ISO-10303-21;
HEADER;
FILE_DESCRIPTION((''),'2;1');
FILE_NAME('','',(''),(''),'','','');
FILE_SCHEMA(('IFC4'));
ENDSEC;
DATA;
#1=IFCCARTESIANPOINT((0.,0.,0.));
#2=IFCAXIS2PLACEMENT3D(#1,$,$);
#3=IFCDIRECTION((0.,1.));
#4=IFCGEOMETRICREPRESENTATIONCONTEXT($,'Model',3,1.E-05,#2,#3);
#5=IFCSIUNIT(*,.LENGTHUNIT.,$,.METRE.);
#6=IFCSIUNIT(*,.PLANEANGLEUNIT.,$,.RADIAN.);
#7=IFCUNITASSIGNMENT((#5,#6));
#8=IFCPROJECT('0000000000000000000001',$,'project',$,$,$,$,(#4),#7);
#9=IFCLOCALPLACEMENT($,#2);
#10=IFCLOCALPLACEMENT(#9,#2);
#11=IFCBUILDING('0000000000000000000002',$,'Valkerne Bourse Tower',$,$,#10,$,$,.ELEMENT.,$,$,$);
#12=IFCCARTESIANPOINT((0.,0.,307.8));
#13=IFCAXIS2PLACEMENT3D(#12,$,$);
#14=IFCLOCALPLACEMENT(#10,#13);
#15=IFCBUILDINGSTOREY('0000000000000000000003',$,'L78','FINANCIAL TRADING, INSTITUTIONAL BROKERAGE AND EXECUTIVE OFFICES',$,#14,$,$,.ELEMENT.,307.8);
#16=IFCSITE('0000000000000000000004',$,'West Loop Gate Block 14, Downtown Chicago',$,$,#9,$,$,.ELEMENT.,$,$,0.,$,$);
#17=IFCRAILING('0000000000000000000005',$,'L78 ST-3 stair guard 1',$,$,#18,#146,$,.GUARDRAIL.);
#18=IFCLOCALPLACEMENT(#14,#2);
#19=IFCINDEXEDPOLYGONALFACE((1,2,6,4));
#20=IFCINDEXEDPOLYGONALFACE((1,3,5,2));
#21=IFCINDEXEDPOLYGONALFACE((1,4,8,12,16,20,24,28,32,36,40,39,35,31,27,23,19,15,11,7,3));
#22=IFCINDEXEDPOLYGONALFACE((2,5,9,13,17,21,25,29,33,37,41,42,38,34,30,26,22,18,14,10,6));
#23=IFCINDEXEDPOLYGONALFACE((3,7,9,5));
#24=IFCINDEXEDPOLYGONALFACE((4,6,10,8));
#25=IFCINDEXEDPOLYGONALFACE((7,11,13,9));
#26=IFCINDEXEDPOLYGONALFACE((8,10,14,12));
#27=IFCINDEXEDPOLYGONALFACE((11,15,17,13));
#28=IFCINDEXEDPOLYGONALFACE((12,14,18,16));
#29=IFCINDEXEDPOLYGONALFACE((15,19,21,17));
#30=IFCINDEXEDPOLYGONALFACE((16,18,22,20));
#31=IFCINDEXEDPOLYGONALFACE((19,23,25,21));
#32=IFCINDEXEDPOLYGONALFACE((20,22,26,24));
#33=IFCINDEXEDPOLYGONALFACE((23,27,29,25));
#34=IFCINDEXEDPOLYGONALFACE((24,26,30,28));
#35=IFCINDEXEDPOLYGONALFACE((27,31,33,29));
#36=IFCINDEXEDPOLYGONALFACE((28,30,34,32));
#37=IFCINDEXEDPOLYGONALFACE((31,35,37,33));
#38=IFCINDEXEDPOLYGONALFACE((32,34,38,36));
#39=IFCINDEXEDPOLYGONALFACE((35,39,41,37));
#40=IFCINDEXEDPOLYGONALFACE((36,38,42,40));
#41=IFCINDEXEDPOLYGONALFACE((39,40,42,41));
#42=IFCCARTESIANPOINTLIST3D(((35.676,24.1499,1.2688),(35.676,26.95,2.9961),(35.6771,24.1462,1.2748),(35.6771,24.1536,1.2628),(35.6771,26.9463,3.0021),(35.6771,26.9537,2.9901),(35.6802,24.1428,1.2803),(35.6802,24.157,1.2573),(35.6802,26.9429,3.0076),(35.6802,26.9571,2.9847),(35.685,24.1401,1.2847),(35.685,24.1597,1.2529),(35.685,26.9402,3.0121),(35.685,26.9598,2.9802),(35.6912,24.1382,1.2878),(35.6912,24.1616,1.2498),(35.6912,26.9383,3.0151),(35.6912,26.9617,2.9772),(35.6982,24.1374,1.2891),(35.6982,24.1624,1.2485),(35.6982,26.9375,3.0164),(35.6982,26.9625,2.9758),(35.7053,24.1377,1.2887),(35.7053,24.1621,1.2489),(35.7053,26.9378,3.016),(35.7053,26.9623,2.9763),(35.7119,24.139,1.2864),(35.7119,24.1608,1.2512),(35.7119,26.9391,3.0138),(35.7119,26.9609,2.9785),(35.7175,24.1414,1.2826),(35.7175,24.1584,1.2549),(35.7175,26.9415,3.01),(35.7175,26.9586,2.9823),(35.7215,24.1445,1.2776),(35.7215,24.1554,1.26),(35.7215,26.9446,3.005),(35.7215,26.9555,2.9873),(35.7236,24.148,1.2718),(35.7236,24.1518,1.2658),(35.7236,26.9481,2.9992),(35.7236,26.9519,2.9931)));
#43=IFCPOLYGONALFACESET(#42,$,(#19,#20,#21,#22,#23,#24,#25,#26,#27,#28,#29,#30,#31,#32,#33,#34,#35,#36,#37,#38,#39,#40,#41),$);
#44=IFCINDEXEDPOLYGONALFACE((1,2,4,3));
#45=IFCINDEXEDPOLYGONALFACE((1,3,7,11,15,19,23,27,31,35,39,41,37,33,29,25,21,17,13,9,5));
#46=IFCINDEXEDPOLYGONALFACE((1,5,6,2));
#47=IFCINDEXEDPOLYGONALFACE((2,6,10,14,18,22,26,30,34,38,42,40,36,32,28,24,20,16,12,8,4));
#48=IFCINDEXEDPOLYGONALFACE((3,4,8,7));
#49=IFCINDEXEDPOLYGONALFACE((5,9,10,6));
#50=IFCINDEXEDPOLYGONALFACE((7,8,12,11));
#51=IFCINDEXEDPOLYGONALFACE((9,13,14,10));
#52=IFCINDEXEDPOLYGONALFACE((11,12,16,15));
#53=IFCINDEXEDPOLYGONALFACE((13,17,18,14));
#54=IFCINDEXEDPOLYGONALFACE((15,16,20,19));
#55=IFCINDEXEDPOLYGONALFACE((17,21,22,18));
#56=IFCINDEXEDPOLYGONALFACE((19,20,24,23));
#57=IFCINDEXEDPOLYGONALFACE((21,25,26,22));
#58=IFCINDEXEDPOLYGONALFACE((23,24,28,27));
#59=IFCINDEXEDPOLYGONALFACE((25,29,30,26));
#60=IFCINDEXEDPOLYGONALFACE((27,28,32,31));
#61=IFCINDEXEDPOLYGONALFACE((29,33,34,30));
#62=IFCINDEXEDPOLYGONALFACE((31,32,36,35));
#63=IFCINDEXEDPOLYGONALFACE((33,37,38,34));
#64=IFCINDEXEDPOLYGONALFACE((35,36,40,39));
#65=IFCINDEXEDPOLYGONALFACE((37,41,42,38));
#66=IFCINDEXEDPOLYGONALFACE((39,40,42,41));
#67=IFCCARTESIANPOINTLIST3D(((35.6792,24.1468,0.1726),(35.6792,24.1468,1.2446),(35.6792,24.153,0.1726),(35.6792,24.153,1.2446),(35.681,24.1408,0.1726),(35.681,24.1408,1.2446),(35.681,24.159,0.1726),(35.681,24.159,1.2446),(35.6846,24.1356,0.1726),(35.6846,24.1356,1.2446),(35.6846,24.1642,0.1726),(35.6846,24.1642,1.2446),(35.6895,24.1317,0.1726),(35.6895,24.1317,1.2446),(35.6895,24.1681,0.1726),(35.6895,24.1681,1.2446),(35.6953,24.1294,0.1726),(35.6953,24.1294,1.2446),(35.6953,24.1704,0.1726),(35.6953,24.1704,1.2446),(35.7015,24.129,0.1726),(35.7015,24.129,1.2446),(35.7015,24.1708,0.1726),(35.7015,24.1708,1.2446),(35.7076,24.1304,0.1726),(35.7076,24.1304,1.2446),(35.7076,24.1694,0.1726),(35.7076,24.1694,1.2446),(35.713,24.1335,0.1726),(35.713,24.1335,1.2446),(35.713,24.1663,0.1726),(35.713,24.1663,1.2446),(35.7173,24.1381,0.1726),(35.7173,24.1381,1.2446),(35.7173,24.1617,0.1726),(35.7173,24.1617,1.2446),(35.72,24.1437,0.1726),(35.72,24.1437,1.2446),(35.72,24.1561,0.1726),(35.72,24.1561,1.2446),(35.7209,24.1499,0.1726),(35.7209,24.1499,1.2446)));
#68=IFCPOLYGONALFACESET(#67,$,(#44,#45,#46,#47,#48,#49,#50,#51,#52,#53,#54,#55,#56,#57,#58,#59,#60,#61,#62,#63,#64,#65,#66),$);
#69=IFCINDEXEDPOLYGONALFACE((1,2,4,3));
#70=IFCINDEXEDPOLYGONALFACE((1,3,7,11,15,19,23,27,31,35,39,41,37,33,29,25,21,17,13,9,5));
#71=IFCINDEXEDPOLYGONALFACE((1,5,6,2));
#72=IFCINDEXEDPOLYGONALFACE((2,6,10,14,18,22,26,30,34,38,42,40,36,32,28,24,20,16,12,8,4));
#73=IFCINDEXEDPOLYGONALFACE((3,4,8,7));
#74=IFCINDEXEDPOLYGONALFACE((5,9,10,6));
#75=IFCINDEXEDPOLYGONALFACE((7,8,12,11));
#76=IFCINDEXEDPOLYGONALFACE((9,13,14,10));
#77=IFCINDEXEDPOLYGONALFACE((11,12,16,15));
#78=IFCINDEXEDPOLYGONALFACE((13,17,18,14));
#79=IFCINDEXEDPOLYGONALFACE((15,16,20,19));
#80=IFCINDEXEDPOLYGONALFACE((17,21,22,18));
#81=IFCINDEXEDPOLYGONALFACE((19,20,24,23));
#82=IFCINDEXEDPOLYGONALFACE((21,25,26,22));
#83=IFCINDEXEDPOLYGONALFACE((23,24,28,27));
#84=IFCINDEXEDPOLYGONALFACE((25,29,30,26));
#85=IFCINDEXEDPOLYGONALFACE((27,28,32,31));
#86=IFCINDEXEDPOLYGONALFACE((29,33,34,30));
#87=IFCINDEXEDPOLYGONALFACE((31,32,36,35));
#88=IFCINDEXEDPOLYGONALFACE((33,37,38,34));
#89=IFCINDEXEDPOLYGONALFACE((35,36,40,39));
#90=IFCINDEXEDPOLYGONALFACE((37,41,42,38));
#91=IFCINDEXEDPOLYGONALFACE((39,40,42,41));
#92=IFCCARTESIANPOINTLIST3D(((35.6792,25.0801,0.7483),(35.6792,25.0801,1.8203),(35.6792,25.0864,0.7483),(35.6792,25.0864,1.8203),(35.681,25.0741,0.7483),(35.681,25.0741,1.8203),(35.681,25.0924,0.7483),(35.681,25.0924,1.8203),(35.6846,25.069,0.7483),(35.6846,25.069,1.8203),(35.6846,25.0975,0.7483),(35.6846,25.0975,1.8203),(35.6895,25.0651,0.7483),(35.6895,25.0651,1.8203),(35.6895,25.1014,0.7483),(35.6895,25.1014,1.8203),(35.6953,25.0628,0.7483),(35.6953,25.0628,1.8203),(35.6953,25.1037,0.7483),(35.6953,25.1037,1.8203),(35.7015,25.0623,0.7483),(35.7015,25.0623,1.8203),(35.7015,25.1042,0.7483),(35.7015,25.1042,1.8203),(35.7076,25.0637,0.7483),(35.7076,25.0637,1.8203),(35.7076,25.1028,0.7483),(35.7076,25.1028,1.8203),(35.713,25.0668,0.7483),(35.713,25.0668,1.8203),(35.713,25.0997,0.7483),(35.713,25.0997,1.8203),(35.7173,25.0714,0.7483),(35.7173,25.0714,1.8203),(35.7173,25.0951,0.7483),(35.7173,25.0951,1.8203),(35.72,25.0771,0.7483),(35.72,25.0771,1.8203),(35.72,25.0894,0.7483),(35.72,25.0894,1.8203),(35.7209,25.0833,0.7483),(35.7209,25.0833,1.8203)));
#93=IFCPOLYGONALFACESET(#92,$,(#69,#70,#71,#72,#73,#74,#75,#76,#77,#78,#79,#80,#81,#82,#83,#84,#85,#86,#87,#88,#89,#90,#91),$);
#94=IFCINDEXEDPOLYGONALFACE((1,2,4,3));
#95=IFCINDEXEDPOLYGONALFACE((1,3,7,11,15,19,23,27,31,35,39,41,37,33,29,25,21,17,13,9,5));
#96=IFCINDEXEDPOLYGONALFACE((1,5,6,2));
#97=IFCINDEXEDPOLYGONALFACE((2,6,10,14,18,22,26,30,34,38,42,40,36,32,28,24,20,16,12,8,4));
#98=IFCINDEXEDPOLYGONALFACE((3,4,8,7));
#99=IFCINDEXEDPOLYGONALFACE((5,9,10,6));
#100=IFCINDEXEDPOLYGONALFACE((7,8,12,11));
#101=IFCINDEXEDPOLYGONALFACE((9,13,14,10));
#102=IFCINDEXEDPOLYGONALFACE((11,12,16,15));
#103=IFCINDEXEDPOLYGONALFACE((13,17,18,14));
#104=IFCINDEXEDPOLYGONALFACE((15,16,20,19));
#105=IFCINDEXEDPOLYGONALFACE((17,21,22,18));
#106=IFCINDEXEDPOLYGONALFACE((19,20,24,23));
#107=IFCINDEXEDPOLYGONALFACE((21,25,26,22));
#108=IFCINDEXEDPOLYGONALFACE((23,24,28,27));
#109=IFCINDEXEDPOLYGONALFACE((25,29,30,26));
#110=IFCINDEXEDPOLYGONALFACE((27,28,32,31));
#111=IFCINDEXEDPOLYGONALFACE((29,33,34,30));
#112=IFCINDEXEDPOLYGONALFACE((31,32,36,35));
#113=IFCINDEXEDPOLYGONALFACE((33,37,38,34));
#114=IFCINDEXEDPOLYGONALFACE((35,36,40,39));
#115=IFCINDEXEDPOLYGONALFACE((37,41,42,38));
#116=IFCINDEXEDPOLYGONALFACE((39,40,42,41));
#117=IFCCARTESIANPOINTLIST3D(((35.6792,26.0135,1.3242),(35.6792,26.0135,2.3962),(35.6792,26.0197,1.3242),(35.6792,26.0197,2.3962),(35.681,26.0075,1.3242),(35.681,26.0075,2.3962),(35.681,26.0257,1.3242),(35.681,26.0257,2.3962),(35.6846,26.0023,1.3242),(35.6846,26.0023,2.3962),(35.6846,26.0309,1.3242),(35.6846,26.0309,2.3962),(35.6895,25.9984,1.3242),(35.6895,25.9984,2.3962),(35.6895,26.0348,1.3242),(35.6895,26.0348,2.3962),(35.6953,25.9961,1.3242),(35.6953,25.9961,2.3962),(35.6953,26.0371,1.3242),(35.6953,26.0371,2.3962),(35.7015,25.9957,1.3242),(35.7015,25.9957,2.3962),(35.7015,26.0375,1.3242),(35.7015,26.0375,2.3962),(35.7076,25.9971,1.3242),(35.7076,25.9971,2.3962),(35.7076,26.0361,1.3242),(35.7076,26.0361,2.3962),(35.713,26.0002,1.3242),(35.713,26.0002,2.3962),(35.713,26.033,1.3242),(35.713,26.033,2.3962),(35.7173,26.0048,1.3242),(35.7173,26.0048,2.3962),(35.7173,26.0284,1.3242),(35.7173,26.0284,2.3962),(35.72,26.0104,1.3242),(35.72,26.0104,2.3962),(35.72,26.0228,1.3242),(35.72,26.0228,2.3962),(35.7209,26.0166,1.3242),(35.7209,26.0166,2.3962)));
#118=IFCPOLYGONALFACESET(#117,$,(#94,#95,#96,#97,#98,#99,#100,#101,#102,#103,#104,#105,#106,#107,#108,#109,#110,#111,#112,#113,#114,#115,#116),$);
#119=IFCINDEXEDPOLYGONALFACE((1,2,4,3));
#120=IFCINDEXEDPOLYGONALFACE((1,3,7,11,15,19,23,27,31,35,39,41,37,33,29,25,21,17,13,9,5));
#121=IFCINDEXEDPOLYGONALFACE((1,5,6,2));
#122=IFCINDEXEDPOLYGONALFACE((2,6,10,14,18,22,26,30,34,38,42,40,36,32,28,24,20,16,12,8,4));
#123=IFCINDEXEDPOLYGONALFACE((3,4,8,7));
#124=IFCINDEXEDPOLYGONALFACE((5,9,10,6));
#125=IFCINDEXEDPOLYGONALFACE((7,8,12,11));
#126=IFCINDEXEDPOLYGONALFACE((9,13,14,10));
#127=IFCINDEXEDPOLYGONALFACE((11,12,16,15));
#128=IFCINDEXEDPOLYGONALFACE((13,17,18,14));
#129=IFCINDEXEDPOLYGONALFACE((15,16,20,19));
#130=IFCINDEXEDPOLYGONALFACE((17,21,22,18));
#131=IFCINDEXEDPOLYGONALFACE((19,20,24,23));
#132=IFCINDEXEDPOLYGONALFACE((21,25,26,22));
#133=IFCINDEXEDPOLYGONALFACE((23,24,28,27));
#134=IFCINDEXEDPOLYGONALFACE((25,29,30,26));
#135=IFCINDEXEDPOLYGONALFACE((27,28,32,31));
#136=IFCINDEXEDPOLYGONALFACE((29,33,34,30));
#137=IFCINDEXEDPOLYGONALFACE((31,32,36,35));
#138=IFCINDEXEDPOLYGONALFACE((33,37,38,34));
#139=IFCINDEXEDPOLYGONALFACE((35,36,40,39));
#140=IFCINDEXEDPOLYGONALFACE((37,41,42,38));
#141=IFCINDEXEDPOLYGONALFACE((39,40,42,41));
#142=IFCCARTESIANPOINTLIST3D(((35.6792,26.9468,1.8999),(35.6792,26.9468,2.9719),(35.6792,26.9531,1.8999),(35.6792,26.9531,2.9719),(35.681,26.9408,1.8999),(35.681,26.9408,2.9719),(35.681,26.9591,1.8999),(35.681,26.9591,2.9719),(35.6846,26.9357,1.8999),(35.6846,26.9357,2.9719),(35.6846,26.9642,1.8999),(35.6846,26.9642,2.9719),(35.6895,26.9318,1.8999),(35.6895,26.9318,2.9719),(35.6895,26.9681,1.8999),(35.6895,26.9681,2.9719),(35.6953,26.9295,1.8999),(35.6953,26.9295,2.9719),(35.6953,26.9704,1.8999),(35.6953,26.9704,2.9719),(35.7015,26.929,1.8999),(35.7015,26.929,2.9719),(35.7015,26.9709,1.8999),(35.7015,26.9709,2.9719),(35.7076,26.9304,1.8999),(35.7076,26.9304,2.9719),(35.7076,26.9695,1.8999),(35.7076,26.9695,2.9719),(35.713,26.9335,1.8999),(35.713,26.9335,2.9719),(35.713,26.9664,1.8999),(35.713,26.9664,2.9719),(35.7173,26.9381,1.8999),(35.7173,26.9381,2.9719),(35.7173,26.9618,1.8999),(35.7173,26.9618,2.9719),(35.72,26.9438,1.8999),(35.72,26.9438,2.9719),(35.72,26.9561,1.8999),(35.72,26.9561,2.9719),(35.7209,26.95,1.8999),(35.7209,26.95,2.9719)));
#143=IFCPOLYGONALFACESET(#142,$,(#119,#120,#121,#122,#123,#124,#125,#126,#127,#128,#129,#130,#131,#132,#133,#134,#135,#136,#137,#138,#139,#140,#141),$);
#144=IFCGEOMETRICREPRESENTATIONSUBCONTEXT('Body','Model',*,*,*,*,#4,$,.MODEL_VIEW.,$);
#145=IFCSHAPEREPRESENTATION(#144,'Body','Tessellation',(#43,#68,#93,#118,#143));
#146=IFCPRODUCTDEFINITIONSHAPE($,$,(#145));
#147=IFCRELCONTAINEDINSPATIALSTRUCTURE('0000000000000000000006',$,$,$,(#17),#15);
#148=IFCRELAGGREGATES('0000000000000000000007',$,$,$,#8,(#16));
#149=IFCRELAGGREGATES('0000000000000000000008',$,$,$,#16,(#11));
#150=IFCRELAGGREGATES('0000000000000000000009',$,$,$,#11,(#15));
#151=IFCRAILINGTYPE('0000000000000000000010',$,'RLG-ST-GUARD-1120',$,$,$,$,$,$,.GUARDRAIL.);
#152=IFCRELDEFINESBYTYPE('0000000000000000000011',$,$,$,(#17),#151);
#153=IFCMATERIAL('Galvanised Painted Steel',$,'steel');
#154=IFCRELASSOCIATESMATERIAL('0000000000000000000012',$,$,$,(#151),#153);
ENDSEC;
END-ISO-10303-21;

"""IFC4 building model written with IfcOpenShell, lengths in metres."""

from ifc_helpers import new_model, si_unit, direction, frame, origin, origin_2d, place, context, subcontext, project, spatial, circle, extrude, material, type_object, element, save


model = new_model("IFC4")

# Units and contexts
model_context = context("Model", 3, precision=1e-05, world=origin(), true_north=direction((0.0, 1.0)))
body_context = subcontext(model_context, "Body", "Model", "MODEL_VIEW")
ifc_project = project(units=[si_unit("LENGTHUNIT", "METRE"), si_unit("PLANEANGLEUNIT", "RADIAN")], contexts=[model_context])

# Site, building, storey
site_placement = place(None, origin())
site = spatial("IfcSite", under=ifc_project, at=site_placement, Name="West Loop Gate Block 14, Downtown Chicago", CompositionType="ELEMENT", RefElevation=0.0)
building_placement = place(site_placement, origin())
building = spatial("IfcBuilding", under=site, at=building_placement, Name="Valkerne Bourse Tower", CompositionType="ELEMENT")
storey_placement = place(building_placement, frame((0.0, 0.0, 307.8)))
storey = spatial("IfcBuildingStorey", under=building, at=storey_placement, Name="L78", Description="FINANCIAL TRADING, INSTITUTIONAL BROKERAGE AND EXECUTIVE OFFICES", CompositionType="ELEMENT", Elevation=307.8)

# Railing
ifc_material_1 = material(Name="Galvanised Painted Steel", Category="steel")
railing_type_1 = type_object("IfcRailingType", Name="RLG-ST-GUARD-1120", PredefinedType="GUARDRAIL", material=ifc_material_1)
railing_1_placement = place(storey_placement, frame((35.7, 24.1499, 0.1726)))
element("IfcRailing", 1, at=railing_1_placement, inside=storey, type_object=railing_type_1, Name="L78 ST-3 stair guard 1", PredefinedType="GUARDRAIL", context=body_context, shape_type="SweptSolid", body=[
    extrude(circle(Radius=0.0239, at=origin_2d()), frame((0.0, 0.0, 1.0962), z_axis=(0.0, 0.85109, 0.52502), x_axis=(-1.0, 0.0, 0.0)), (0.0, 0.0, 1.0), 3.29),
    extrude(circle(Radius=0.021, at=origin_2d()), origin(), (0.0, 0.0, 1.0), 1.072),
    extrude(circle(Radius=0.021, at=origin_2d()), frame((0.0, 0.9333, 0.5757)), (0.0, 0.0, 1.0), 1.072),
    extrude(circle(Radius=0.021, at=origin_2d()), frame((0.0, 1.8667, 1.1516)), (0.0, 0.0, 1.0), 1.072),
    extrude(circle(Radius=0.021, at=origin_2d()), frame((0.0, 2.8, 1.7273)), (0.0, 0.0, 1.0), 1.072),
])

save(model, "model.ifc")
